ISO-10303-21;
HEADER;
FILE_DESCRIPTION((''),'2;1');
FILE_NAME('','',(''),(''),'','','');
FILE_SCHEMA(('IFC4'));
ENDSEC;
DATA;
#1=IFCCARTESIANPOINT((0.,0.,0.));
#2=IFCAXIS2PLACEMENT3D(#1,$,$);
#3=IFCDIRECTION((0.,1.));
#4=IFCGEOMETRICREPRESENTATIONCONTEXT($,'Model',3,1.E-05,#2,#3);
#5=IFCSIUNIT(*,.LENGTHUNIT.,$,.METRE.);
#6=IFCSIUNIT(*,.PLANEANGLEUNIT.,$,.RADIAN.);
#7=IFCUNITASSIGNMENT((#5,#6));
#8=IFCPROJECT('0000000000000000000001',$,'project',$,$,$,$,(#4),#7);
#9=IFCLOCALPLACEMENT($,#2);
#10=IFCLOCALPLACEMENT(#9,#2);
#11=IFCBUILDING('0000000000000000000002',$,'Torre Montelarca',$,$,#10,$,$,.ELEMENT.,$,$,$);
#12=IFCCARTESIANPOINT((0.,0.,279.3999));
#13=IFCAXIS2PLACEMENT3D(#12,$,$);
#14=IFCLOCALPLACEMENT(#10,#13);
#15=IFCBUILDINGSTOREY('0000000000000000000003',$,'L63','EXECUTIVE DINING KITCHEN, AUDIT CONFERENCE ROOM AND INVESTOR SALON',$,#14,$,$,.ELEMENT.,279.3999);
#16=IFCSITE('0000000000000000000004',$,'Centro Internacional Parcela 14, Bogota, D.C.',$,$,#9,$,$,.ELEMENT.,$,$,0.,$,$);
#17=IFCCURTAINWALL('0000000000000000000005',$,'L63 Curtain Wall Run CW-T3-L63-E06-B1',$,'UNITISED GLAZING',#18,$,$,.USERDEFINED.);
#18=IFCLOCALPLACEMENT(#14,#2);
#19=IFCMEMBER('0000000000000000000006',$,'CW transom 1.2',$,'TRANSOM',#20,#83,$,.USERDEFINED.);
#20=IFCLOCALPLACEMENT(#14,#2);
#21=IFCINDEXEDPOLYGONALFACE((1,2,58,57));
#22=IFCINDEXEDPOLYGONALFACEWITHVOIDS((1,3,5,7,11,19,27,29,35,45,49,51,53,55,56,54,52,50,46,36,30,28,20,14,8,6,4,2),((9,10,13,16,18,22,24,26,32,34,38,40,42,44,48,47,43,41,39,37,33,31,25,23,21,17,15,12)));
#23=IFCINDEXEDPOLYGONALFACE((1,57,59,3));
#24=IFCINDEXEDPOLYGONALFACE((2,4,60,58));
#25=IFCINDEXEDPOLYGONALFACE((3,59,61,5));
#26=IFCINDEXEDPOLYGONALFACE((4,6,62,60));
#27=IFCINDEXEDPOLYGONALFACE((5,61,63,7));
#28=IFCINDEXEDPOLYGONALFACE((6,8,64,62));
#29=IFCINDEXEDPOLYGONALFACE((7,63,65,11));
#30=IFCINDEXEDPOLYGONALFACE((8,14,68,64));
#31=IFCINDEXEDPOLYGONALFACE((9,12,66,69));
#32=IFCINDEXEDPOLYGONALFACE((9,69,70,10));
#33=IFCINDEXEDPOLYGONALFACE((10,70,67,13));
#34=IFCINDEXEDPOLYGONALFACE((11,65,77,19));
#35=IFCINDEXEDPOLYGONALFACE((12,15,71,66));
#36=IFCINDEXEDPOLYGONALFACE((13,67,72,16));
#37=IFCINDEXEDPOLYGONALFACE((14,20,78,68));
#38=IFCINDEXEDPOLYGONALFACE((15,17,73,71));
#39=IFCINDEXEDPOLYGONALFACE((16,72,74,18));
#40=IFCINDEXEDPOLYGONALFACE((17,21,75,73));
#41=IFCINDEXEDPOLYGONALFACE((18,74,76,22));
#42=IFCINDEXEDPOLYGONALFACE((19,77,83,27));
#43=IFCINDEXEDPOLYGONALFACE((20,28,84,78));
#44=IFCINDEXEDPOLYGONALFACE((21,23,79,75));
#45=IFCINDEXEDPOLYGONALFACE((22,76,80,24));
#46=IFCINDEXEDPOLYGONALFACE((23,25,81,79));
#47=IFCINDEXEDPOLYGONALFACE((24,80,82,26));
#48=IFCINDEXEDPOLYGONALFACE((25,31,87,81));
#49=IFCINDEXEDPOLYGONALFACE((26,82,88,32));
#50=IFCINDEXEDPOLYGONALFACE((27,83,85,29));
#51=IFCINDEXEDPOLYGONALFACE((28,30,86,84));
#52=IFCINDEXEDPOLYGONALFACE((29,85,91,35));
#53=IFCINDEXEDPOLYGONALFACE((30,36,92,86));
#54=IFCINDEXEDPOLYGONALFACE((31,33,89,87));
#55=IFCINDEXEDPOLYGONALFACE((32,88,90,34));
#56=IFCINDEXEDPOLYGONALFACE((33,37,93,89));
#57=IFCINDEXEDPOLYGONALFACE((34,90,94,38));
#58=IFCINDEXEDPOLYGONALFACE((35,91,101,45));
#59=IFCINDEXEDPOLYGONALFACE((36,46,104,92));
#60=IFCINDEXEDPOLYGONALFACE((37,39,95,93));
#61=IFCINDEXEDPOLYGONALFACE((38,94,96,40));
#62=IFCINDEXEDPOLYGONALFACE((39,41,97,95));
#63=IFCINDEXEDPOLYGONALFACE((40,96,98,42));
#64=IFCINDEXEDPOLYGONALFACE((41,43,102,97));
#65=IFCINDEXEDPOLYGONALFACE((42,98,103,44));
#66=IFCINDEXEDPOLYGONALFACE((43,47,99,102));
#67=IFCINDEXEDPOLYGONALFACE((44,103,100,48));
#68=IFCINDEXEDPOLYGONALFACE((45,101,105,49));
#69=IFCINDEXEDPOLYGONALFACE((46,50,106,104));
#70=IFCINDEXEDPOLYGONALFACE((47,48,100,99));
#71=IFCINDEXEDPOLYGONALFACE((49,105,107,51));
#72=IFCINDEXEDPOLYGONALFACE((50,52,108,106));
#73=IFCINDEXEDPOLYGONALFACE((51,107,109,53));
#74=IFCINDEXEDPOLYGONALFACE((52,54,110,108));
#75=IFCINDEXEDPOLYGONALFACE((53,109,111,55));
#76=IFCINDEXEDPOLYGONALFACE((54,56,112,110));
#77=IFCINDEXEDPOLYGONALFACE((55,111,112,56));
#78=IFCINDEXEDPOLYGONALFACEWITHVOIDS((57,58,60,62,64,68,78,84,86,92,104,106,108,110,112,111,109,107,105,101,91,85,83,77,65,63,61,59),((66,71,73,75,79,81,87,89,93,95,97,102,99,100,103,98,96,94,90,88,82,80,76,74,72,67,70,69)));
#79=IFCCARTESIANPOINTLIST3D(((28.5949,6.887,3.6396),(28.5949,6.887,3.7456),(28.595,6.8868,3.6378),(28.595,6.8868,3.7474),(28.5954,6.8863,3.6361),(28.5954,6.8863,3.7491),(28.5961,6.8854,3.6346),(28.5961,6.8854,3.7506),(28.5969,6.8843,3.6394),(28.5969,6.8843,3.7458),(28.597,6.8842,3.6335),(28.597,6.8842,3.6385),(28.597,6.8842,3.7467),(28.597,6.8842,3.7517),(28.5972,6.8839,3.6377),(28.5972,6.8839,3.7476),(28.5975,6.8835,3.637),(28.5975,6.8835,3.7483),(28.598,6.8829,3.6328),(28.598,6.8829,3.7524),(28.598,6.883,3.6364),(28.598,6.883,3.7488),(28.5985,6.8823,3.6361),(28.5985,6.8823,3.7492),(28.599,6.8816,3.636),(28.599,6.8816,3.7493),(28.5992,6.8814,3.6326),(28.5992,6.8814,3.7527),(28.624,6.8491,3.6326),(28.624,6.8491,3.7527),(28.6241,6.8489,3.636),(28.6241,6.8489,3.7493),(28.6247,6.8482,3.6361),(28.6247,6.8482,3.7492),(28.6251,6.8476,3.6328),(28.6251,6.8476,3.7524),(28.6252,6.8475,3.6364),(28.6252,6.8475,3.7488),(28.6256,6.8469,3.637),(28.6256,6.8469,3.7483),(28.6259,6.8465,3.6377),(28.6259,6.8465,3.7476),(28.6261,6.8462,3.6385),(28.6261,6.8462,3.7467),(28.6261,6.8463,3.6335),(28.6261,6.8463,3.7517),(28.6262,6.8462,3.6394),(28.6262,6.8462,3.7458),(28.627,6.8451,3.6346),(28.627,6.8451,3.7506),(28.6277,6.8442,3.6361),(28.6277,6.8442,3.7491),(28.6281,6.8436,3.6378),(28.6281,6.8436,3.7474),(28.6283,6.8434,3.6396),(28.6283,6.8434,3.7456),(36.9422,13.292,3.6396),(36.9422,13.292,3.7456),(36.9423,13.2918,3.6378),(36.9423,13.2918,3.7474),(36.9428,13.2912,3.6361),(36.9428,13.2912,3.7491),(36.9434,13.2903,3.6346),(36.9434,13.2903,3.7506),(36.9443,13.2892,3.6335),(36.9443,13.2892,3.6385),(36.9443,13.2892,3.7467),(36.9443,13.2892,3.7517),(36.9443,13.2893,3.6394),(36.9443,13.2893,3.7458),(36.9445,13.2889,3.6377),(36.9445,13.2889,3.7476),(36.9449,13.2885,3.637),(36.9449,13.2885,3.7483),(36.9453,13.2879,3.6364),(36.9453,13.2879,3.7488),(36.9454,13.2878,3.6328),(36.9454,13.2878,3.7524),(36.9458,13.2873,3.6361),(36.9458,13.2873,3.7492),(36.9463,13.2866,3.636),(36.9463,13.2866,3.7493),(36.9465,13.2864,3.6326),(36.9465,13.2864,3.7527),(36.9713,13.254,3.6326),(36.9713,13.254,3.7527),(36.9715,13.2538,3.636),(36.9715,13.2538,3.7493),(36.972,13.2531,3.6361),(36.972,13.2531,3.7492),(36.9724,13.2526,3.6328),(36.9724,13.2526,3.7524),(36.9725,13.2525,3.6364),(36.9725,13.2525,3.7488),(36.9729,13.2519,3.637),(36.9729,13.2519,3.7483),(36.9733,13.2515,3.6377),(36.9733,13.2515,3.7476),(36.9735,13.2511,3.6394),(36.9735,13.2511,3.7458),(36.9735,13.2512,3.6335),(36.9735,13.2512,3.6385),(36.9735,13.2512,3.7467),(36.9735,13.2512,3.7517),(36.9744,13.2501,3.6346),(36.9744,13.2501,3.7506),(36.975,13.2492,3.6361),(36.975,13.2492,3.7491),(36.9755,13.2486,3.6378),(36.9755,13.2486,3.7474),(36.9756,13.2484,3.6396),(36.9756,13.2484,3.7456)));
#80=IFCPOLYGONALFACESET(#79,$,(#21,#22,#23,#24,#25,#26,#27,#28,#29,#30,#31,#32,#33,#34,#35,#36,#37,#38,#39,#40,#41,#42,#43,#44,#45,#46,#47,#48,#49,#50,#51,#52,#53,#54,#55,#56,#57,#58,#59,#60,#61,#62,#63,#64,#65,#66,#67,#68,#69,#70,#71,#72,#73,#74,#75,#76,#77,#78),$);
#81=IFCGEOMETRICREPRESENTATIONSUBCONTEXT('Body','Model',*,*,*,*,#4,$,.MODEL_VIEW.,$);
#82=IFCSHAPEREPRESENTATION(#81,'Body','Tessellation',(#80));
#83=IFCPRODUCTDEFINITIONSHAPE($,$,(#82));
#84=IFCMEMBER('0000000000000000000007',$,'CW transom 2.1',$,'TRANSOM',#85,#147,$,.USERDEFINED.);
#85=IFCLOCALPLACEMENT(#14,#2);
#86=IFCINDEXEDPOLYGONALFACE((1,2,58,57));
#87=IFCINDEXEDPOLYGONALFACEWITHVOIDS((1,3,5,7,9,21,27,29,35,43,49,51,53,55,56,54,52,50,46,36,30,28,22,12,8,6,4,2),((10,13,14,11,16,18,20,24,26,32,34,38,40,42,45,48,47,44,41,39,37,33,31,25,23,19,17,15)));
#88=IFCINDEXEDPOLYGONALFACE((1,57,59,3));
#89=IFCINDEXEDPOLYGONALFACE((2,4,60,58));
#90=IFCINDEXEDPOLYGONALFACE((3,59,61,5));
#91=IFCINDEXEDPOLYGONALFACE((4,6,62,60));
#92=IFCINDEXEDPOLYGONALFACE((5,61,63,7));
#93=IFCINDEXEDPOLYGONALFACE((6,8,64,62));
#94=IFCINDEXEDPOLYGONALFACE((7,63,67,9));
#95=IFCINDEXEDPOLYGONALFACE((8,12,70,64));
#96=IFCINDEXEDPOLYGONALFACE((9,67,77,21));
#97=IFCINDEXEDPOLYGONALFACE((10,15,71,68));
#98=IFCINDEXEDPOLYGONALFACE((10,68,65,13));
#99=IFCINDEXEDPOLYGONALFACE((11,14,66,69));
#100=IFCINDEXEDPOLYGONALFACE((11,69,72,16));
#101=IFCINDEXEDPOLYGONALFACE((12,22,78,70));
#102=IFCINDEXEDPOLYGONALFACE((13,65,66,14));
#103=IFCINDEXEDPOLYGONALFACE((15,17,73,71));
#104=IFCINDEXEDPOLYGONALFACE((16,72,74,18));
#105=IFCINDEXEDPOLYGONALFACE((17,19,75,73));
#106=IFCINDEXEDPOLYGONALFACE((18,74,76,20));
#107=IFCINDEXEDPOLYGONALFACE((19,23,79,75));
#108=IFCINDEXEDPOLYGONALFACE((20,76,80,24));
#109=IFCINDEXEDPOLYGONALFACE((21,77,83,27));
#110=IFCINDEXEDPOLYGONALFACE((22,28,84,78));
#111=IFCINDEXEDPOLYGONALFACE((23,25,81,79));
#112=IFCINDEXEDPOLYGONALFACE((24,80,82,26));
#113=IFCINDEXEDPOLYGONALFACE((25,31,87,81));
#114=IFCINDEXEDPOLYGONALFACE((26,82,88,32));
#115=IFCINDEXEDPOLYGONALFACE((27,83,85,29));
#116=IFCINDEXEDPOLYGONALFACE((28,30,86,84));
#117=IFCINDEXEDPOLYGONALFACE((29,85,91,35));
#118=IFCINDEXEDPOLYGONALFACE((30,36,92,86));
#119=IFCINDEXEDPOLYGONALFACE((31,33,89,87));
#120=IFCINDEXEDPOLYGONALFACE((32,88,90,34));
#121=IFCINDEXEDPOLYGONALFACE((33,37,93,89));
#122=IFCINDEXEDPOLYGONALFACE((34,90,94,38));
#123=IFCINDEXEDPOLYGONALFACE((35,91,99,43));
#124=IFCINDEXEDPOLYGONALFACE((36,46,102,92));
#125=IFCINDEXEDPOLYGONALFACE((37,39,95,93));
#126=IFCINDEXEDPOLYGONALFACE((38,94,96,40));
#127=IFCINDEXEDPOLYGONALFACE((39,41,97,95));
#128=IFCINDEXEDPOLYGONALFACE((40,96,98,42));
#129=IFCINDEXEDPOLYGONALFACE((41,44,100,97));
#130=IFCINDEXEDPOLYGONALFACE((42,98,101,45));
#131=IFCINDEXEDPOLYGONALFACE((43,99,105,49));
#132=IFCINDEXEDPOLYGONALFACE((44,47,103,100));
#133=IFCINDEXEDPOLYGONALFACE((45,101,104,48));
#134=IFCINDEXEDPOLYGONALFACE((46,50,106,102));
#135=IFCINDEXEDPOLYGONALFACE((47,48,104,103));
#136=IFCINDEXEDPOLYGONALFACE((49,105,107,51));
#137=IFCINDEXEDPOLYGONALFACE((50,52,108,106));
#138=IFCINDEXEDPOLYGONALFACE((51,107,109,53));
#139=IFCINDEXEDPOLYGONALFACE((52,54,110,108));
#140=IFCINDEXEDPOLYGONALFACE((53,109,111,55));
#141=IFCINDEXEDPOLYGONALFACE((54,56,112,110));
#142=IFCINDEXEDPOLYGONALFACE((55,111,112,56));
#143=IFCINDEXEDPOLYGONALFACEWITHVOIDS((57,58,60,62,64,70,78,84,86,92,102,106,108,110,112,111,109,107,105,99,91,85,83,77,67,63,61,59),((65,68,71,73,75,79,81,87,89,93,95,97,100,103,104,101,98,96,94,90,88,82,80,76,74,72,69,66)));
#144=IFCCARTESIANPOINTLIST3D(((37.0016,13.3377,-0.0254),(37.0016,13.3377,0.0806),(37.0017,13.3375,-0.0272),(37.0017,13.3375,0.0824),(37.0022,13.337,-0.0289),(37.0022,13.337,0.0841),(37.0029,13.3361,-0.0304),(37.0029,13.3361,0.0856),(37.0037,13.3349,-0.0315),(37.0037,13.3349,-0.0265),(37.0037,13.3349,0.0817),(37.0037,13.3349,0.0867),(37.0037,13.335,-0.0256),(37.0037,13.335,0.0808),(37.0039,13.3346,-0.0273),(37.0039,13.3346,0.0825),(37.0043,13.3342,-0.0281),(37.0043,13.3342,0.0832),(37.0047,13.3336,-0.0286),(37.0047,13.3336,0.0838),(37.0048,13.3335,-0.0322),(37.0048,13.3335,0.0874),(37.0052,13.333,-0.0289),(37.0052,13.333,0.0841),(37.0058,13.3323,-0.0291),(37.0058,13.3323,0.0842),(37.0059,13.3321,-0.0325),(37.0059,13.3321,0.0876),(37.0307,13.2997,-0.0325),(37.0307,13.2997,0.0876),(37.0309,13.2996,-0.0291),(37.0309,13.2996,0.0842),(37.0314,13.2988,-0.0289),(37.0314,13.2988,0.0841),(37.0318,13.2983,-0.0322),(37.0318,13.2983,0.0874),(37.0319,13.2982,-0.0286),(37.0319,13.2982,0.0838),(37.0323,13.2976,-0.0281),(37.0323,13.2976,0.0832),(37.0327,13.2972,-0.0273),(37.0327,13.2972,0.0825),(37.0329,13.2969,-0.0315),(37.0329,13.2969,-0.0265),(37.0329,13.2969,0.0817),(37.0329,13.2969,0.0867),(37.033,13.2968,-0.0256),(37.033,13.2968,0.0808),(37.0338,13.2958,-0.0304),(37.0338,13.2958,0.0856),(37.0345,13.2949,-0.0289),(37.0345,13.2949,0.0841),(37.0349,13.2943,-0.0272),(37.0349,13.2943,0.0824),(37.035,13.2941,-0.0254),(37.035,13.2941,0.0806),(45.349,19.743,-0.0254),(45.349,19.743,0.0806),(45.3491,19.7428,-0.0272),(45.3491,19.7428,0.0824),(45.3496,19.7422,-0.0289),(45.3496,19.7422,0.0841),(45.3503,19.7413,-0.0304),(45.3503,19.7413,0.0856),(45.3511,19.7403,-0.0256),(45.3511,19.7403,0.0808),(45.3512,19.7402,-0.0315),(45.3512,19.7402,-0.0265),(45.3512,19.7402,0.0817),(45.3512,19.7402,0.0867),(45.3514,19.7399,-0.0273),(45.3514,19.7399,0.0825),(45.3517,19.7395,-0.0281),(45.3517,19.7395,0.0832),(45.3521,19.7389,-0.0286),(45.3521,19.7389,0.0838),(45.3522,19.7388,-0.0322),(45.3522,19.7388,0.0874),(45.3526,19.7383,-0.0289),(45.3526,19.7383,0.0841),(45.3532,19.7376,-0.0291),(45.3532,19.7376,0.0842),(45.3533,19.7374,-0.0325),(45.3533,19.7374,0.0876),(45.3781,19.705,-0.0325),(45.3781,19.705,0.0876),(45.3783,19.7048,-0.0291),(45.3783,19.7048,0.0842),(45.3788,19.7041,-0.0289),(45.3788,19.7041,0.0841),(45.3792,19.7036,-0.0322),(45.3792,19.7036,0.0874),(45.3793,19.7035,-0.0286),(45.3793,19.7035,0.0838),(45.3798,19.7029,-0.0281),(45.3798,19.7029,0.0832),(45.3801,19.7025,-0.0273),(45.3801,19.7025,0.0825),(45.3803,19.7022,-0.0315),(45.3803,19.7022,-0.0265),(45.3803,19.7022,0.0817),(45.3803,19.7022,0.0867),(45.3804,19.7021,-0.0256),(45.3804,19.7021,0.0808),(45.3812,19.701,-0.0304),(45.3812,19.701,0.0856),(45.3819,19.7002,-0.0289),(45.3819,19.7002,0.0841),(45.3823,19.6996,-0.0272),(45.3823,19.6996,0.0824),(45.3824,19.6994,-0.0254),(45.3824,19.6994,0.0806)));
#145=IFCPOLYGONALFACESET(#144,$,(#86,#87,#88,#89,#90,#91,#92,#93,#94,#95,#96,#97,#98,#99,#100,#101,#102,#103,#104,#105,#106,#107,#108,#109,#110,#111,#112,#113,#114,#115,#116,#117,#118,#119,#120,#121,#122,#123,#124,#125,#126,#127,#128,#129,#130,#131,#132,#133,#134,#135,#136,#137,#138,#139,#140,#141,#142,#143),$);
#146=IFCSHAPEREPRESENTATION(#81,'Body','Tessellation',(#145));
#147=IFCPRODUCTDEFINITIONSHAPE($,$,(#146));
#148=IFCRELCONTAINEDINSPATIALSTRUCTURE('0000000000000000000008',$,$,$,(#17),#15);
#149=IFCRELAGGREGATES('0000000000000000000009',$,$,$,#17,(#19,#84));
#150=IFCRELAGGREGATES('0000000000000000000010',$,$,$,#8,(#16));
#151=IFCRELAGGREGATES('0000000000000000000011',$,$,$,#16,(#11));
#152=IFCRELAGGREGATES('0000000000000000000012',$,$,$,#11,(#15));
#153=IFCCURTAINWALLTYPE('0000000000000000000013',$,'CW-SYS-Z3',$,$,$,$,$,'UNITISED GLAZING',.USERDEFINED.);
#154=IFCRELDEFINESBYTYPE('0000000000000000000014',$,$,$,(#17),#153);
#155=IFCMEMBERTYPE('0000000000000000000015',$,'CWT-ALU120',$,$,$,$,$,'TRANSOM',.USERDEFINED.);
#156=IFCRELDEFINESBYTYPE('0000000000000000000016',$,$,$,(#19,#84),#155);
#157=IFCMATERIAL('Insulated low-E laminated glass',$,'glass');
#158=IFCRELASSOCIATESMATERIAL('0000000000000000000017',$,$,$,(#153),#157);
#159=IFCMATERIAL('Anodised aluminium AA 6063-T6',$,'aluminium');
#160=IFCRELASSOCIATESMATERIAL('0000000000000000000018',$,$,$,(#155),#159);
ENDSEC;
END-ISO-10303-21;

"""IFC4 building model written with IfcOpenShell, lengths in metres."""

from ifc_helpers import new_model, si_unit, direction, frame, origin, origin_2d, place, context, subcontext, project, spatial, hollow_rectangle, extrude, source, transform, mapped, material, material_profile, profile_set, type_object, element, aggregate, save


model = new_model("IFC4")

# Units and contexts
model_context = context("Model", 3, precision=1e-05, world=origin(), true_north=direction((0.0, 1.0)))
body_context = subcontext(model_context, "Body", "Model", "MODEL_VIEW")
ifc_project = project(units=[si_unit("LENGTHUNIT", "METRE"), si_unit("PLANEANGLEUNIT", "RADIAN")], contexts=[model_context])

# Site, building, storey
site_placement = place(None, origin())
site = spatial("IfcSite", under=ifc_project, at=site_placement, Name="Centro Internacional Parcela 14, Bogota, D.C.", CompositionType="ELEMENT", RefElevation=0.0)
building_placement = place(site_placement, origin())
building = spatial("IfcBuilding", under=site, at=building_placement, Name="Torre Montelarca", CompositionType="ELEMENT")
storey_placement = place(building_placement, frame((0.0, 0.0, 279.3999)))
storey = spatial("IfcBuildingStorey", under=building, at=storey_placement, Name="L63", Description="EXECUTIVE DINING KITCHEN, AUDIT CONFERENCE ROOM AND INVESTOR SALON", CompositionType="ELEMENT", Elevation=279.3999)

# Curtain wall, members
ifc_material_1 = material(Name="Insulated low-E laminated glass", Category="glass")
curtain_wall_type = type_object("IfcCurtainWallType", Name="CW-SYS-Z3", ElementType="UNITISED GLAZING", PredefinedType="USERDEFINED", material=ifc_material_1)
ifc_material_2 = material(Name="Anodised aluminium AA 6063-T6", Category="aluminium")
ifc_material_profile_1 = material_profile(ifc_material_2, hollow_rectangle(XDim=0.0549, YDim=0.1201, WallThickness=0.0034, InnerFilletRadius=0.0034, OuterFilletRadius=0.0071, at=origin_2d()), Name="ALU55X120X3.5", Category="aluminium")
ifc_profile_set_1 = profile_set([ifc_material_profile_1], Name="Anodised aluminium AA 6063-T6")
member_type_1 = type_object("IfcMemberType", Name="CWT-ALU120", ElementType="TRANSOM", PredefinedType="USERDEFINED", material=ifc_profile_set_1)
curtain_wall_1_placement = place(storey_placement, origin())
curtain_wall_1 = element("IfcCurtainWall", 1, at=curtain_wall_1_placement, inside=storey, type_object=curtain_wall_type, Name="L63 Curtain Wall Run CW-T3-L63-E06-B1", ObjectType="UNITISED GLAZING", PredefinedType="USERDEFINED")
shared_shape_1 = source(origin(), body_context, "Body", "SweptSolid", [
    extrude(hollow_rectangle(XDim=0.0549, YDim=0.1201, WallThickness=0.0034, InnerFilletRadius=0.0034, OuterFilletRadius=0.0071, at=origin_2d()), origin(), (0.0, 0.0, 1.0), 10.5215),
])
member_1_placement = place(storey_placement, frame((28.6116, 6.8652, 3.6926), z_axis=(0.793361, 0.608752, 0.0), x_axis=(-0.608752, 0.793361, 0.0)))
member_1 = element("IfcMember", 2, at=member_1_placement, type_object=member_type_1, Name="CW transom 1.2", ObjectType="TRANSOM", PredefinedType="USERDEFINED", context=body_context, shape_type="MappedRepresentation", body=[
    mapped(shared_shape_1, transform((0.0, 0.0, 0.0), scale=1.0)),
])
shared_shape_2 = source(origin(), body_context, "Body", "SweptSolid", [
    extrude(hollow_rectangle(XDim=0.0549, YDim=0.1201, WallThickness=0.0034, InnerFilletRadius=0.0034, OuterFilletRadius=0.0071, at=origin_2d()), origin(), (0.0, 0.0, 1.0), 10.5217),
])
member_2_placement = place(storey_placement, frame((37.0183, 13.3159, 0.0276), z_axis=(0.79335, 0.608766, 0.0), x_axis=(-0.608766, 0.79335, 0.0)))
member_2 = element("IfcMember", 3, at=member_2_placement, type_object=member_type_1, Name="CW transom 2.1", ObjectType="TRANSOM", PredefinedType="USERDEFINED", context=body_context, shape_type="MappedRepresentation", body=[
    mapped(shared_shape_2, transform((0.0, 0.0, 0.0), scale=1.0)),
])

aggregate(curtain_wall_1, [member_1, member_2])

save(model, "model.ifc")
